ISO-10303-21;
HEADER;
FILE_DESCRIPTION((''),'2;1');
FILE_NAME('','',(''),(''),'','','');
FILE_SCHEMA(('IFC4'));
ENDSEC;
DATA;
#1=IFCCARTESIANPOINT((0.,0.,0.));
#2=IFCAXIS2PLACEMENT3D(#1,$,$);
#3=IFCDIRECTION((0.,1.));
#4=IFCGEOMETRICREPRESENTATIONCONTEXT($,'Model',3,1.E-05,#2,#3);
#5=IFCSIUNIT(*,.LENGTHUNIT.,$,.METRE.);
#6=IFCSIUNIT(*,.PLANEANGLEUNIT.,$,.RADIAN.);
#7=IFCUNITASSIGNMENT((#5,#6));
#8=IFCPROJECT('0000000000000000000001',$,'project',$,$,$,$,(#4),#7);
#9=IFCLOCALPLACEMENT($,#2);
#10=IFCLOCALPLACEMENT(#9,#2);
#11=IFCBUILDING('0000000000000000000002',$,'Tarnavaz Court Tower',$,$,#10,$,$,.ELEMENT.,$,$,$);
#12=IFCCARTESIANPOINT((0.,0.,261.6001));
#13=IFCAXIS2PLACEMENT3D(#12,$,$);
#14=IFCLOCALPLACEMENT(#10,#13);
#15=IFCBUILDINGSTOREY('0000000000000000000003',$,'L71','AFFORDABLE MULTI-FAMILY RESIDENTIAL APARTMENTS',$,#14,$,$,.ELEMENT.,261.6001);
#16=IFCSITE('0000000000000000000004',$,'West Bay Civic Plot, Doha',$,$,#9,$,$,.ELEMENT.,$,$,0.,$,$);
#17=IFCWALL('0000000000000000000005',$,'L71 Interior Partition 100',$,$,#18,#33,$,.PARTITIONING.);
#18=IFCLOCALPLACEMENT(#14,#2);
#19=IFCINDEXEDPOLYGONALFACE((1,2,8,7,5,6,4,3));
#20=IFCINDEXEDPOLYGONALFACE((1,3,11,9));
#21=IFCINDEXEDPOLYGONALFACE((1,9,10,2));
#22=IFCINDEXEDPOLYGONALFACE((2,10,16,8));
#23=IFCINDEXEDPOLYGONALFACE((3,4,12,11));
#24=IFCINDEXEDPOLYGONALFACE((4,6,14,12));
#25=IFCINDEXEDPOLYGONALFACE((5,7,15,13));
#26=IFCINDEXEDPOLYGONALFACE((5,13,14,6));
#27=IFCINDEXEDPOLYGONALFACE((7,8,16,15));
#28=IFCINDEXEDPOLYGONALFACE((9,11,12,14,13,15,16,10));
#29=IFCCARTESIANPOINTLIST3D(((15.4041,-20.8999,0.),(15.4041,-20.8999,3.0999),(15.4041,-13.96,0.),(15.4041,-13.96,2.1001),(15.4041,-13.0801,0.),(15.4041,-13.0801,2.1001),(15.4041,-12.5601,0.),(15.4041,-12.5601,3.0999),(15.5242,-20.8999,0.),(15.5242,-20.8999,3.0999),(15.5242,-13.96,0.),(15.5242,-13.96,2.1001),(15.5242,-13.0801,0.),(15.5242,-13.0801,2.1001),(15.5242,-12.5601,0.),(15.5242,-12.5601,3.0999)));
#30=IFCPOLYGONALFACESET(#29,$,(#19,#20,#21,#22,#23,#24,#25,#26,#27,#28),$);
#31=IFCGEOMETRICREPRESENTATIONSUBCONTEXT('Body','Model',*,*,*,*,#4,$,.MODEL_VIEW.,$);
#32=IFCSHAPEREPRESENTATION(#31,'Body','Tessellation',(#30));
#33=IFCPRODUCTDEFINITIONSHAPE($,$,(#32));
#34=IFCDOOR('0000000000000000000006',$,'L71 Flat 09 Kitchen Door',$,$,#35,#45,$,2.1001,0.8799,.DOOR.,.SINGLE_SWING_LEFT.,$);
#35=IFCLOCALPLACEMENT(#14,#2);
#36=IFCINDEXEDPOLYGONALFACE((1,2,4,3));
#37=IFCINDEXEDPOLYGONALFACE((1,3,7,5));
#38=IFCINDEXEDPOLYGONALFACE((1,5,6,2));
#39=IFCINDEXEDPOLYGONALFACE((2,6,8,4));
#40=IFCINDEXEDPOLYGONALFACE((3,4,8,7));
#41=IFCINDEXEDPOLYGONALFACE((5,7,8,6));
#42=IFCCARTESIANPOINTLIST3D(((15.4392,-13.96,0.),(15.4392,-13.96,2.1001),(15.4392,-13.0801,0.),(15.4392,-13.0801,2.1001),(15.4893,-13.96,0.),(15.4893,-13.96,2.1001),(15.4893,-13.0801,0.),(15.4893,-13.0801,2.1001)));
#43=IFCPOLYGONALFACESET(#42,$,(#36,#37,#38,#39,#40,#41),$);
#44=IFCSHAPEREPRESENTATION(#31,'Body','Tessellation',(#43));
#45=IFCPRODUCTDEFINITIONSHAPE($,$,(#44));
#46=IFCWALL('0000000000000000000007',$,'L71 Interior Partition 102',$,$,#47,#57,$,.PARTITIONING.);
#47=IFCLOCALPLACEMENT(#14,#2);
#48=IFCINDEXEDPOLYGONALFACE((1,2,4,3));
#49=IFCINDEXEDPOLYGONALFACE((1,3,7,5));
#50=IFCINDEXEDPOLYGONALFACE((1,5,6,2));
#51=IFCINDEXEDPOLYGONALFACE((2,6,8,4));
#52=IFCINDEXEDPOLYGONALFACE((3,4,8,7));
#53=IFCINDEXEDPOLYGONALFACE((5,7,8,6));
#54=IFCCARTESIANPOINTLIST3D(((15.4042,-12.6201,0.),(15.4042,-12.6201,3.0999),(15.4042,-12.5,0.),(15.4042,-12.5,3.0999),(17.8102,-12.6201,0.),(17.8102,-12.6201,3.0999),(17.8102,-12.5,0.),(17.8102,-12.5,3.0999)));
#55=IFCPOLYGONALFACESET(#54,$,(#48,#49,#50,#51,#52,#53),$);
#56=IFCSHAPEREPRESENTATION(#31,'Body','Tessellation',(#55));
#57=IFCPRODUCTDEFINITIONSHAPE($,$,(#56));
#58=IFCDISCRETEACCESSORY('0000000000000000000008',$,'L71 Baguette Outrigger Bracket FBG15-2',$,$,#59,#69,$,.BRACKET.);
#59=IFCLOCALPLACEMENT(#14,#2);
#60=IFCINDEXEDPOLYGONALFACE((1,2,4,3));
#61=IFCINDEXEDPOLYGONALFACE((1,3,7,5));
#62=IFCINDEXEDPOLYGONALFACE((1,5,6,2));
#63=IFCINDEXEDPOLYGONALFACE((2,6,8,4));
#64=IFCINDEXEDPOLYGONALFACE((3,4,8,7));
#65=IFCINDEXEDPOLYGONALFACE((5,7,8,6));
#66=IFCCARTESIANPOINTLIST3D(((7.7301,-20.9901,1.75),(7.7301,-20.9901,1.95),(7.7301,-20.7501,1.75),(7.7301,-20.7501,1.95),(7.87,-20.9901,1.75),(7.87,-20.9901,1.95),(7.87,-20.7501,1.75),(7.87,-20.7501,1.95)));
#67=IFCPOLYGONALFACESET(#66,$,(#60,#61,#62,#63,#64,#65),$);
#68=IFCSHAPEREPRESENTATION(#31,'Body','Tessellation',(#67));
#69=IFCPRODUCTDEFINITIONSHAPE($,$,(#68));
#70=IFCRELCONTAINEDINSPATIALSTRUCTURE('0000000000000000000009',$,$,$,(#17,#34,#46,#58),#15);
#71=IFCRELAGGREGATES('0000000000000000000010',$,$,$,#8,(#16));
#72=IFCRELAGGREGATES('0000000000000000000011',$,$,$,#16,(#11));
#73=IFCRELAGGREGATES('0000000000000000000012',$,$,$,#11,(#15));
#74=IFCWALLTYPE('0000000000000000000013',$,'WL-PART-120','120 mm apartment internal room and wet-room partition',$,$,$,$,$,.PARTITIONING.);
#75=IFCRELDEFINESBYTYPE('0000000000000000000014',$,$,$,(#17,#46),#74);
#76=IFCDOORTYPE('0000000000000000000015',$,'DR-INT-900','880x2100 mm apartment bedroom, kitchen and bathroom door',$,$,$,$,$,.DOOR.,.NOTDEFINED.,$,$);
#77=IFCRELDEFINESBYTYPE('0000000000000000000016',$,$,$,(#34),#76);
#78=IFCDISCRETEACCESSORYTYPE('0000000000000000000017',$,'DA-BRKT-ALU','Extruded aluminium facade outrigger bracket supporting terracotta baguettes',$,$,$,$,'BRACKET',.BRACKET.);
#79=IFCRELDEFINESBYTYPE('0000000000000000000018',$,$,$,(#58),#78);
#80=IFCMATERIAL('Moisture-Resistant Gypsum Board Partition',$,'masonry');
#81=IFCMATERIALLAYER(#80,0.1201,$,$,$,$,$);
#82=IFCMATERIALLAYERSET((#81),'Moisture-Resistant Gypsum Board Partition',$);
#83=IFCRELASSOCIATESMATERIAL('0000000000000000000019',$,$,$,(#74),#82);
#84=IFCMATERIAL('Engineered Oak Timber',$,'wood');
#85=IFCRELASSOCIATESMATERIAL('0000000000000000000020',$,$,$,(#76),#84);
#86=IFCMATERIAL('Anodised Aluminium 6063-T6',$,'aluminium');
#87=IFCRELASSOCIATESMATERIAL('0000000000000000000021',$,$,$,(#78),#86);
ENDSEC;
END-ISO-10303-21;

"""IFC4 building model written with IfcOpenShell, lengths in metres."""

from ifc_helpers import new_model, si_unit, direction, frame, frame_2d, origin, origin_2d, place, context, subcontext, project, spatial, rectangle, extrude, material, layer, layer_set, type_object, element, fill, save


model = new_model("IFC4")

# Units and contexts
model_context = context("Model", 3, precision=1e-05, world=origin(), true_north=direction((0.0, 1.0)))
body_context = subcontext(model_context, "Body", "Model", "MODEL_VIEW")
ifc_project = project(units=[si_unit("LENGTHUNIT", "METRE"), si_unit("PLANEANGLEUNIT", "RADIAN")], contexts=[model_context])

# Site, building, storey
site_placement = place(None, origin())
site = spatial("IfcSite", under=ifc_project, at=site_placement, Name="West Bay Civic Plot, Doha", CompositionType="ELEMENT", RefElevation=0.0)
building_placement = place(site_placement, origin())
building = spatial("IfcBuilding", under=site, at=building_placement, Name="Tarnavaz Court Tower", CompositionType="ELEMENT")
storey_placement = place(building_placement, frame((0.0, 0.0, 261.6001)))
storey = spatial("IfcBuildingStorey", under=building, at=storey_placement, Name="L71", Description="AFFORDABLE MULTI-FAMILY RESIDENTIAL APARTMENTS", CompositionType="ELEMENT", Elevation=261.6001)

# Shared definitions
ifc_material_1 = material(Name="Moisture-Resistant Gypsum Board Partition", Category="masonry")
ifc_layer_1 = layer(ifc_material_1, 0.1201)
ifc_layer_set_1 = layer_set([ifc_layer_1], Name="Moisture-Resistant Gypsum Board Partition")
wall_type_1 = type_object("IfcWallType", Name="WL-PART-120", Description="120 mm apartment internal room and wet-room partition", PredefinedType="PARTITIONING", material=ifc_layer_set_1)
ifc_material_2 = material(Name="Engineered Oak Timber", Category="wood")
door_type = type_object("IfcDoorType", Name="DR-INT-900", Description="880x2100 mm apartment bedroom, kitchen and bathroom door", OperationType="NOTDEFINED", PredefinedType="DOOR", material=ifc_material_2)

# Wall, opening, door
wall_1_placement = place(storey_placement, frame((15.4641, -20.8999, 0.0), z_axis=(0.0, 0.0, 1.0), x_axis=(0.0, 1.0, 0.0)))
wall_1 = element("IfcWall", 1, at=wall_1_placement, inside=storey, type_object=wall_type_1, Name="L71 Interior Partition 100", PredefinedType="PARTITIONING", context=body_context, shape_type="SweptSolid", body=[
    extrude(rectangle(XDim=8.3398, YDim=0.1201, at=frame_2d((4.1699, 0.0))), origin(), (0.0, 0.0, 1.0), 3.0999),
])
opening_1_placement = place(wall_1_placement, frame((6.9399, 0.0, 0.0)))
opening_1 = element("IfcOpeningElement", 2, at=opening_1_placement, cuts=wall_1, PredefinedType="OPENING", context=body_context, shape_type="SweptSolid", body=[
    extrude(rectangle(XDim=0.8799, YDim=2.1001, at=frame_2d((0.4399, 1.05))), frame((0.0, 0.0701, 0.0), z_axis=(0.0, -1.0, 0.0), x_axis=(1.0, 0.0, 0.0)), (0.0, 0.0, 1.0), 0.1401),
])
door_1_placement = place(opening_1_placement, origin())
door_1 = element("IfcDoor", 3, at=door_1_placement, inside=storey, type_object=door_type, Name="L71 Flat 09 Kitchen Door", OperationType="SINGLE_SWING_LEFT", OverallHeight=2.1001, OverallWidth=0.8799, PredefinedType="DOOR", context=body_context, shape_type="SweptSolid", body=[
    extrude(rectangle(XDim=0.8799, YDim=2.1001, at=frame_2d((0.4399, 1.05))), frame((0.0, 0.0249, 0.0), z_axis=(0.0, -1.0, 0.0), x_axis=(1.0, 0.0, 0.0)), (0.0, 0.0, 1.0), 0.05),
])
fill(opening_1, door_1)

# Wall
wall_2_placement = place(storey_placement, frame((15.4041, -12.5601, 0.0), z_axis=(0.0, 0.0, 1.0), x_axis=(1.0, 0.0, 0.0)))
element("IfcWall", 4, at=wall_2_placement, inside=storey, type_object=wall_type_1, Name="L71 Interior Partition 102", PredefinedType="PARTITIONING", context=body_context, shape_type="SweptSolid", body=[
    extrude(rectangle(XDim=2.406, YDim=0.1201, at=frame_2d((1.2031, 0.0))), origin(), (0.0, 0.0, 1.0), 3.0999),
])

# Discrete accessory
ifc_material_3 = material(Name="Anodised Aluminium 6063-T6", Category="aluminium")
discrete_accessory_type = type_object("IfcDiscreteAccessoryType", Name="DA-BRKT-ALU", Description="Extruded aluminium facade outrigger bracket supporting terracotta baguettes", ElementType="BRACKET", PredefinedType="BRACKET", material=ifc_material_3)
discrete_accessory_placement = place(storey_placement, frame((7.8, -20.8701, 1.75), z_axis=(0.0, 0.0, 1.0), x_axis=(-1.0, 0.0, 0.0)))
element("IfcDiscreteAccessory", 5, at=discrete_accessory_placement, inside=storey, type_object=discrete_accessory_type, Name="L71 Baguette Outrigger Bracket FBG15-2", PredefinedType="BRACKET", context=body_context, shape_type="SweptSolid", body=[
    extrude(rectangle(XDim=0.1399, YDim=0.24, at=origin_2d()), origin(), (0.0, 0.0, 1.0), 0.2),
])

save(model, "model.ifc")
